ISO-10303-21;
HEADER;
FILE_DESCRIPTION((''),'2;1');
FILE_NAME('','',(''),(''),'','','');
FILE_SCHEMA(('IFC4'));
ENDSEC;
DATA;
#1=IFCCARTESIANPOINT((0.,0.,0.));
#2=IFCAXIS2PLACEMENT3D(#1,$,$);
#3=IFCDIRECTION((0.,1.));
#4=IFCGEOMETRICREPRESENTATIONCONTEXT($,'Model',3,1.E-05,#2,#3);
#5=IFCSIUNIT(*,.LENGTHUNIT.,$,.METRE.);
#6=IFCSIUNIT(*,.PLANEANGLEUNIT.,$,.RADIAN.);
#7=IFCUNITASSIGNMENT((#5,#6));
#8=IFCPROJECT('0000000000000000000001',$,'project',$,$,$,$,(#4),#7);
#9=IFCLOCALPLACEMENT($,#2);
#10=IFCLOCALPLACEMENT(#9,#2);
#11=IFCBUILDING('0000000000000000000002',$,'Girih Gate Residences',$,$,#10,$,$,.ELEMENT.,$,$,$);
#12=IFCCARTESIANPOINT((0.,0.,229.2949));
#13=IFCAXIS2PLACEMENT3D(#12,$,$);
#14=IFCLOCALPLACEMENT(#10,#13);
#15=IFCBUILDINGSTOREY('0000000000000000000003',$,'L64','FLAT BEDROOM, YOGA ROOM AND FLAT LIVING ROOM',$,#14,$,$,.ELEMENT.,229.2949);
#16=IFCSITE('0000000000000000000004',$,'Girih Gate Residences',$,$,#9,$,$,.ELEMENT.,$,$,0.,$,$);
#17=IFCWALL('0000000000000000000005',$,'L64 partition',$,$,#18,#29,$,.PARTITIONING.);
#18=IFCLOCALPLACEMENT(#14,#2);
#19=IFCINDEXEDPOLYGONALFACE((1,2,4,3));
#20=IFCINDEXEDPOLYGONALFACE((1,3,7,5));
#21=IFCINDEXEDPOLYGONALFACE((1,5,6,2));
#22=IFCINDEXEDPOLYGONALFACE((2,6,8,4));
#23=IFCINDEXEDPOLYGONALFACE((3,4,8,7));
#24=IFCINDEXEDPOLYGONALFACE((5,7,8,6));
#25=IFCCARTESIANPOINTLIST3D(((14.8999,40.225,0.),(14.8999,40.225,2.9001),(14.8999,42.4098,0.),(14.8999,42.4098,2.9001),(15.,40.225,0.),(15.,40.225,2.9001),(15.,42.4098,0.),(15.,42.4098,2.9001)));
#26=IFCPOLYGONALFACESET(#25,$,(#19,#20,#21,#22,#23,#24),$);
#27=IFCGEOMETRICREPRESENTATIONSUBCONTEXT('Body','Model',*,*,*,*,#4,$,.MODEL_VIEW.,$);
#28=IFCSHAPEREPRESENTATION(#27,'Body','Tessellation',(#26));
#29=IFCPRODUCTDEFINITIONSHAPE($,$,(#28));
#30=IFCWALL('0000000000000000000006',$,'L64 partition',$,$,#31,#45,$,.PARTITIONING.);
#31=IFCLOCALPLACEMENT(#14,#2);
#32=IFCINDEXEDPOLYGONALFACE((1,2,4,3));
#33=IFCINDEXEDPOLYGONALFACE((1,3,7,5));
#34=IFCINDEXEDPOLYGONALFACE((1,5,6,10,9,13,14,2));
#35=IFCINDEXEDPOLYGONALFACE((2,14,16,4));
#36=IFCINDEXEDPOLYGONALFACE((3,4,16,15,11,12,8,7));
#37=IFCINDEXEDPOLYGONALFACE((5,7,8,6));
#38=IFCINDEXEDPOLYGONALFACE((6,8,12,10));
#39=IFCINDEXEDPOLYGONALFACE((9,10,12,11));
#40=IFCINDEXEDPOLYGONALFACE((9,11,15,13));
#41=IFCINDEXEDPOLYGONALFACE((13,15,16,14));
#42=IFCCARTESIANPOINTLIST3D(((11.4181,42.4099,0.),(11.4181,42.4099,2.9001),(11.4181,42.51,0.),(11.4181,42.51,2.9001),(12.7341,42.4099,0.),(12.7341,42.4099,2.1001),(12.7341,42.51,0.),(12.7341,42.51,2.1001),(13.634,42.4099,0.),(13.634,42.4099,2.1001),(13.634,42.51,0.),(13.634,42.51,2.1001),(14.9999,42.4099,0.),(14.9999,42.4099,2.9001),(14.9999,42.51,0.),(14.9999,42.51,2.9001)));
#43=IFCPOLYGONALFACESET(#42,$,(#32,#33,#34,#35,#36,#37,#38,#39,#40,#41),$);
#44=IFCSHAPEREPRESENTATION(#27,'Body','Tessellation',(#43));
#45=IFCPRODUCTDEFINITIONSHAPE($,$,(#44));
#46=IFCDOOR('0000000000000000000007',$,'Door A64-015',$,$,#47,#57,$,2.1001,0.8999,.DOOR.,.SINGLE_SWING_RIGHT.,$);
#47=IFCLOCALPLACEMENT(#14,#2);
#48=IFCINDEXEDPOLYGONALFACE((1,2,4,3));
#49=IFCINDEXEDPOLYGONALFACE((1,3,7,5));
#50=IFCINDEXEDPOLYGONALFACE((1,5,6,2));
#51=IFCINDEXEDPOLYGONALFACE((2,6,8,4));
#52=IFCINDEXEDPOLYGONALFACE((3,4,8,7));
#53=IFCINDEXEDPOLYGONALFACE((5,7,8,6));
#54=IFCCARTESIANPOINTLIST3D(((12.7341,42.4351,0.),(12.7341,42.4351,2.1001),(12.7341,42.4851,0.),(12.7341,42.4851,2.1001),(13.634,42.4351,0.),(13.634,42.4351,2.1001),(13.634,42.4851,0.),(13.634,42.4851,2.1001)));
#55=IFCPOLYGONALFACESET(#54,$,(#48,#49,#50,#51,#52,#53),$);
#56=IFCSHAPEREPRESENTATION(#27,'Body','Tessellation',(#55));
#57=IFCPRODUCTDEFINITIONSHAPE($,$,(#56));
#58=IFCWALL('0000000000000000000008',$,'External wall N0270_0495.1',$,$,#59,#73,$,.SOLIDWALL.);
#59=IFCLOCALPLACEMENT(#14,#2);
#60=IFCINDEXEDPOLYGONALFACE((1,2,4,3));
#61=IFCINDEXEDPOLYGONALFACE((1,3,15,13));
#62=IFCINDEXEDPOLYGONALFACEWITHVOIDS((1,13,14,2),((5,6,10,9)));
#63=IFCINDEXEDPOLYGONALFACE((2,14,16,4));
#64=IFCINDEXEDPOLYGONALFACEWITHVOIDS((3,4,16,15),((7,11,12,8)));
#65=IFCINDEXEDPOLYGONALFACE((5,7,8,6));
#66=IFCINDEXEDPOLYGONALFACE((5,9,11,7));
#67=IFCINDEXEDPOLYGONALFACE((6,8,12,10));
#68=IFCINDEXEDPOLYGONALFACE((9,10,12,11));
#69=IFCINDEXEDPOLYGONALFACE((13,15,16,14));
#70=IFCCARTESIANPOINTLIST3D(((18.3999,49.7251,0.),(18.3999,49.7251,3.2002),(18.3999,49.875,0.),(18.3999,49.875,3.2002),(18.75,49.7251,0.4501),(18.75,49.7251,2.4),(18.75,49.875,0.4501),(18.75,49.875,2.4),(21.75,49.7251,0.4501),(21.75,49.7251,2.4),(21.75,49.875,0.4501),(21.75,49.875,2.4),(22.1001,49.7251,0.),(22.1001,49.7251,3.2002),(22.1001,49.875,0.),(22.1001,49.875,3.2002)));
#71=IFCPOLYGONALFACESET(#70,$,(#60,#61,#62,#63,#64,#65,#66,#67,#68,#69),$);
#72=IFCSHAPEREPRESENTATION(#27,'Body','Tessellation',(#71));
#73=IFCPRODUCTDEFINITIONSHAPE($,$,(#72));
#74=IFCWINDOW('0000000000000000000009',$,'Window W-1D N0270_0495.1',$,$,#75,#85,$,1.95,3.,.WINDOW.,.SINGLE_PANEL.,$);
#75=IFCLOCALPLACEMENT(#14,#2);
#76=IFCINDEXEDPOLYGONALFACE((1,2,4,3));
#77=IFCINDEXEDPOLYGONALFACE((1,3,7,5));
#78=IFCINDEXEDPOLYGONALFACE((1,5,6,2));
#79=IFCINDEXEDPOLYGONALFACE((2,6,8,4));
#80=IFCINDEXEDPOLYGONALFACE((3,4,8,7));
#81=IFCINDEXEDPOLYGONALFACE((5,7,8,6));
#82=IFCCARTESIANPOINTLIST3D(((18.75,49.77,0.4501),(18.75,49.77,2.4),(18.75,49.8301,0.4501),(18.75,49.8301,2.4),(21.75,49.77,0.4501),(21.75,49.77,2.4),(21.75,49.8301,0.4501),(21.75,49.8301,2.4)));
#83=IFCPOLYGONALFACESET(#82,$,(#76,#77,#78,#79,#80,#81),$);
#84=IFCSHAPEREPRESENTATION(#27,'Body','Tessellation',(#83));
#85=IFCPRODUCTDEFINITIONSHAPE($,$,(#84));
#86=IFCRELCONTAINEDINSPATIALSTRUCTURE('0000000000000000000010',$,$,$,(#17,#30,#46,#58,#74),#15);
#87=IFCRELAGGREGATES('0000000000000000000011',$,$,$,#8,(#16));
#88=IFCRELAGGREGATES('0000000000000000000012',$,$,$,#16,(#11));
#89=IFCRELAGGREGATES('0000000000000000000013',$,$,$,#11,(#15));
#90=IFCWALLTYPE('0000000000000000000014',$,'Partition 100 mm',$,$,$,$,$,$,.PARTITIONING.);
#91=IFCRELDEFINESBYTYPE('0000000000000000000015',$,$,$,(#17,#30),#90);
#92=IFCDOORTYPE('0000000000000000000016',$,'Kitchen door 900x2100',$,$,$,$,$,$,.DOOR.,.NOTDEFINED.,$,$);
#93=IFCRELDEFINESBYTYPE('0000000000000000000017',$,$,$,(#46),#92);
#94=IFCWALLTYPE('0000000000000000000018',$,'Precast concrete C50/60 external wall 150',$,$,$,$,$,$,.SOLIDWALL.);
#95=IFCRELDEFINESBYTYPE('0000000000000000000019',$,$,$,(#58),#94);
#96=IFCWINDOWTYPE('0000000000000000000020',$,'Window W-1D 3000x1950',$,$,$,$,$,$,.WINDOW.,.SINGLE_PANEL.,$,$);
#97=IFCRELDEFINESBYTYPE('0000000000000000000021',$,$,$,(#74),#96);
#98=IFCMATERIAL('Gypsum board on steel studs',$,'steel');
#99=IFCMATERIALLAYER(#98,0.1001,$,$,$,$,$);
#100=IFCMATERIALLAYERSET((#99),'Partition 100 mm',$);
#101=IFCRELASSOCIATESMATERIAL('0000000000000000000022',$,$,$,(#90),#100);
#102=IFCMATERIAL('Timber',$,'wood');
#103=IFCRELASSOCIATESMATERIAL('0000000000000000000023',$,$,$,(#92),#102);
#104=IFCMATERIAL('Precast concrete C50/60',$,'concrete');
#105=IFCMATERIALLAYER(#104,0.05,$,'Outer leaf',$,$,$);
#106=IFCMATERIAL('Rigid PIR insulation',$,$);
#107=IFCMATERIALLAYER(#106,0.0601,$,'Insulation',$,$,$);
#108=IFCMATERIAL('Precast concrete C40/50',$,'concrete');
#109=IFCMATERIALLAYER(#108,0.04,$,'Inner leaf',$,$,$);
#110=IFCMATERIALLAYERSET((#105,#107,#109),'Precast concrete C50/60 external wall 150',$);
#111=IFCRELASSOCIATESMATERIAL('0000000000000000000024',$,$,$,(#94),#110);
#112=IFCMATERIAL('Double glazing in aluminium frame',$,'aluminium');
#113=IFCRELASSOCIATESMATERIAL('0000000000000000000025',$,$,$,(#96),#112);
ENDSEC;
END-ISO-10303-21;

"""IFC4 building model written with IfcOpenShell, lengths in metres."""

from ifc_helpers import new_model, si_unit, direction, frame, frame_2d, origin, place, context, subcontext, project, spatial, rectangle, extrude, material, layer, layer_set, type_object, element, fill, save


model = new_model("IFC4")

# Units and contexts
model_context = context("Model", 3, precision=1e-05, world=origin(), true_north=direction((0.0, 1.0)))
body_context = subcontext(model_context, "Body", "Model", "MODEL_VIEW")
ifc_project = project(units=[si_unit("LENGTHUNIT", "METRE"), si_unit("PLANEANGLEUNIT", "RADIAN")], contexts=[model_context])

# Site, building, storey
site_placement = place(None, origin())
site = spatial("IfcSite", under=ifc_project, at=site_placement, Name="Girih Gate Residences", CompositionType="ELEMENT", RefElevation=0.0)
building_placement = place(site_placement, origin())
building = spatial("IfcBuilding", under=site, at=building_placement, Name="Girih Gate Residences", CompositionType="ELEMENT")
storey_placement = place(building_placement, frame((0.0, 0.0, 229.2949)))
storey = spatial("IfcBuildingStorey", under=building, at=storey_placement, Name="L64", Description="FLAT BEDROOM, YOGA ROOM AND FLAT LIVING ROOM", CompositionType="ELEMENT", Elevation=229.2949)

# Shared definitions
ifc_material_1 = material(Name="Gypsum board on steel studs", Category="steel")

# Wall
ifc_layer_1 = layer(ifc_material_1, 0.1001)
ifc_layer_set_1 = layer_set([ifc_layer_1], Name="Partition 100 mm")
wall_type_1 = type_object("IfcWallType", Name="Partition 100 mm", PredefinedType="PARTITIONING", material=ifc_layer_set_1)
wall_1_placement = place(storey_placement, frame((14.95, 40.2251, 0.0), z_axis=(0.0, 0.0, 1.0), x_axis=(0.0, 1.0, 0.0)))
element("IfcWall", 1, at=wall_1_placement, inside=storey, type_object=wall_type_1, Name="L64 partition", PredefinedType="PARTITIONING", context=body_context, shape_type="SweptSolid", body=[
    extrude(rectangle(XDim=2.1848, YDim=0.1001, at=frame_2d((1.0923, 0.0))), origin(), (0.0, 0.0, 1.0), 2.9001),
])

# Wall, opening, door
wall_2_placement = place(storey_placement, frame((15.0, 42.46, 0.0), z_axis=(0.0, 0.0, 1.0), x_axis=(-1.0, 0.0, 0.0)))
wall_2 = element("IfcWall", 2, at=wall_2_placement, inside=storey, type_object=wall_type_1, Name="L64 partition", PredefinedType="PARTITIONING", context=body_context, shape_type="SweptSolid", body=[
    extrude(rectangle(XDim=3.5818, YDim=0.1001, at=frame_2d((1.791, 0.0))), origin(), (0.0, 0.0, 1.0), 2.9001),
])
opening_1_placement = place(wall_2_placement, frame((1.366, 0.0, 0.0)))
opening_1 = element("IfcOpeningElement", 3, at=opening_1_placement, cuts=wall_2, PredefinedType="OPENING", context=body_context, shape_type="SweptSolid", body=[
    extrude(rectangle(XDim=0.8999, YDim=2.1001, at=frame_2d((0.45, 1.05))), frame((0.0, 0.0601, 0.0), z_axis=(0.0, -1.0, 0.0), x_axis=(1.0, 0.0, 0.0)), (0.0, 0.0, 1.0), 0.1201),
])
ifc_material_2 = material(Name="Timber", Category="wood")
door_type_1 = type_object("IfcDoorType", Name="Kitchen door 900x2100", OperationType="NOTDEFINED", PredefinedType="DOOR", material=ifc_material_2)
door_1_placement = place(opening_1_placement, origin())
door_1 = element("IfcDoor", 4, at=door_1_placement, inside=storey, type_object=door_type_1, Name="Door A64-015", OperationType="SINGLE_SWING_RIGHT", OverallHeight=2.1001, OverallWidth=0.8999, PredefinedType="DOOR", context=body_context, shape_type="SweptSolid", body=[
    extrude(rectangle(XDim=0.8999, YDim=2.1001, at=frame_2d((0.45, 1.05))), frame((0.0, 0.0249, 0.0), z_axis=(0.0, -1.0, 0.0), x_axis=(1.0, 0.0, 0.0)), (0.0, 0.0, 1.0), 0.05),
])
fill(opening_1, door_1)

# Wall, opening, window
ifc_material_3 = material(Name="Precast concrete C50/60", Category="concrete")
ifc_layer_2 = layer(ifc_material_3, 0.05, Name="Outer leaf")
ifc_material_4 = material(Name="Rigid PIR insulation")
ifc_layer_3 = layer(ifc_material_4, 0.0601, Name="Insulation")
ifc_material_5 = material(Name="Precast concrete C40/50", Category="concrete")
ifc_layer_4 = layer(ifc_material_5, 0.04, Name="Inner leaf")
ifc_layer_set_2 = layer_set([ifc_layer_2, ifc_layer_3, ifc_layer_4], Name="Precast concrete C50/60 external wall 150")
wall_type_2 = type_object("IfcWallType", Name="Precast concrete C50/60 external wall 150", PredefinedType="SOLIDWALL", material=ifc_layer_set_2)
wall_3_placement = place(storey_placement, frame((18.3999, 49.8, 0.0), z_axis=(0.0, 0.0, 1.0), x_axis=(1.0, 0.0, 0.0)))
wall_3 = element("IfcWall", 5, at=wall_3_placement, inside=storey, type_object=wall_type_2, Name="External wall N0270_0495.1", PredefinedType="SOLIDWALL", context=body_context, shape_type="SweptSolid", body=[
    extrude(rectangle(XDim=3.7002, YDim=0.1499, at=frame_2d((1.8501, 0.0))), origin(), (0.0, 0.0, 1.0), 3.2002),
])
opening_2_placement = place(wall_3_placement, frame((0.3501, 0.0, 0.45)))
opening_2 = element("IfcOpeningElement", 6, at=opening_2_placement, cuts=wall_3, PredefinedType="OPENING", context=body_context, shape_type="SweptSolid", body=[
    extrude(rectangle(XDim=3.0, YDim=1.95, at=frame_2d((1.5, 0.9751))), frame((0.0, 0.085, 0.0), z_axis=(0.0, -1.0, 0.0), x_axis=(1.0, 0.0, 0.0)), (0.0, 0.0, 1.0), 0.1699),
])
ifc_material_6 = material(Name="Double glazing in aluminium frame", Category="aluminium")
window_type = type_object("IfcWindowType", Name="Window W-1D 3000x1950", PartitioningType="SINGLE_PANEL", PredefinedType="WINDOW", material=ifc_material_6)
window_placement = place(opening_2_placement, origin())
window = element("IfcWindow", 7, at=window_placement, inside=storey, type_object=window_type, Name="Window W-1D N0270_0495.1", OverallHeight=1.95, OverallWidth=3.0, PartitioningType="SINGLE_PANEL", PredefinedType="WINDOW", context=body_context, shape_type="SweptSolid", body=[
    extrude(rectangle(XDim=3.0, YDim=1.95, at=frame_2d((1.5, 0.9751))), frame((0.0, 0.03, 0.0), z_axis=(0.0, -1.0, 0.0), x_axis=(1.0, 0.0, 0.0)), (0.0, 0.0, 1.0), 0.0601),
])
fill(opening_2, window)

save(model, "model.ifc")
